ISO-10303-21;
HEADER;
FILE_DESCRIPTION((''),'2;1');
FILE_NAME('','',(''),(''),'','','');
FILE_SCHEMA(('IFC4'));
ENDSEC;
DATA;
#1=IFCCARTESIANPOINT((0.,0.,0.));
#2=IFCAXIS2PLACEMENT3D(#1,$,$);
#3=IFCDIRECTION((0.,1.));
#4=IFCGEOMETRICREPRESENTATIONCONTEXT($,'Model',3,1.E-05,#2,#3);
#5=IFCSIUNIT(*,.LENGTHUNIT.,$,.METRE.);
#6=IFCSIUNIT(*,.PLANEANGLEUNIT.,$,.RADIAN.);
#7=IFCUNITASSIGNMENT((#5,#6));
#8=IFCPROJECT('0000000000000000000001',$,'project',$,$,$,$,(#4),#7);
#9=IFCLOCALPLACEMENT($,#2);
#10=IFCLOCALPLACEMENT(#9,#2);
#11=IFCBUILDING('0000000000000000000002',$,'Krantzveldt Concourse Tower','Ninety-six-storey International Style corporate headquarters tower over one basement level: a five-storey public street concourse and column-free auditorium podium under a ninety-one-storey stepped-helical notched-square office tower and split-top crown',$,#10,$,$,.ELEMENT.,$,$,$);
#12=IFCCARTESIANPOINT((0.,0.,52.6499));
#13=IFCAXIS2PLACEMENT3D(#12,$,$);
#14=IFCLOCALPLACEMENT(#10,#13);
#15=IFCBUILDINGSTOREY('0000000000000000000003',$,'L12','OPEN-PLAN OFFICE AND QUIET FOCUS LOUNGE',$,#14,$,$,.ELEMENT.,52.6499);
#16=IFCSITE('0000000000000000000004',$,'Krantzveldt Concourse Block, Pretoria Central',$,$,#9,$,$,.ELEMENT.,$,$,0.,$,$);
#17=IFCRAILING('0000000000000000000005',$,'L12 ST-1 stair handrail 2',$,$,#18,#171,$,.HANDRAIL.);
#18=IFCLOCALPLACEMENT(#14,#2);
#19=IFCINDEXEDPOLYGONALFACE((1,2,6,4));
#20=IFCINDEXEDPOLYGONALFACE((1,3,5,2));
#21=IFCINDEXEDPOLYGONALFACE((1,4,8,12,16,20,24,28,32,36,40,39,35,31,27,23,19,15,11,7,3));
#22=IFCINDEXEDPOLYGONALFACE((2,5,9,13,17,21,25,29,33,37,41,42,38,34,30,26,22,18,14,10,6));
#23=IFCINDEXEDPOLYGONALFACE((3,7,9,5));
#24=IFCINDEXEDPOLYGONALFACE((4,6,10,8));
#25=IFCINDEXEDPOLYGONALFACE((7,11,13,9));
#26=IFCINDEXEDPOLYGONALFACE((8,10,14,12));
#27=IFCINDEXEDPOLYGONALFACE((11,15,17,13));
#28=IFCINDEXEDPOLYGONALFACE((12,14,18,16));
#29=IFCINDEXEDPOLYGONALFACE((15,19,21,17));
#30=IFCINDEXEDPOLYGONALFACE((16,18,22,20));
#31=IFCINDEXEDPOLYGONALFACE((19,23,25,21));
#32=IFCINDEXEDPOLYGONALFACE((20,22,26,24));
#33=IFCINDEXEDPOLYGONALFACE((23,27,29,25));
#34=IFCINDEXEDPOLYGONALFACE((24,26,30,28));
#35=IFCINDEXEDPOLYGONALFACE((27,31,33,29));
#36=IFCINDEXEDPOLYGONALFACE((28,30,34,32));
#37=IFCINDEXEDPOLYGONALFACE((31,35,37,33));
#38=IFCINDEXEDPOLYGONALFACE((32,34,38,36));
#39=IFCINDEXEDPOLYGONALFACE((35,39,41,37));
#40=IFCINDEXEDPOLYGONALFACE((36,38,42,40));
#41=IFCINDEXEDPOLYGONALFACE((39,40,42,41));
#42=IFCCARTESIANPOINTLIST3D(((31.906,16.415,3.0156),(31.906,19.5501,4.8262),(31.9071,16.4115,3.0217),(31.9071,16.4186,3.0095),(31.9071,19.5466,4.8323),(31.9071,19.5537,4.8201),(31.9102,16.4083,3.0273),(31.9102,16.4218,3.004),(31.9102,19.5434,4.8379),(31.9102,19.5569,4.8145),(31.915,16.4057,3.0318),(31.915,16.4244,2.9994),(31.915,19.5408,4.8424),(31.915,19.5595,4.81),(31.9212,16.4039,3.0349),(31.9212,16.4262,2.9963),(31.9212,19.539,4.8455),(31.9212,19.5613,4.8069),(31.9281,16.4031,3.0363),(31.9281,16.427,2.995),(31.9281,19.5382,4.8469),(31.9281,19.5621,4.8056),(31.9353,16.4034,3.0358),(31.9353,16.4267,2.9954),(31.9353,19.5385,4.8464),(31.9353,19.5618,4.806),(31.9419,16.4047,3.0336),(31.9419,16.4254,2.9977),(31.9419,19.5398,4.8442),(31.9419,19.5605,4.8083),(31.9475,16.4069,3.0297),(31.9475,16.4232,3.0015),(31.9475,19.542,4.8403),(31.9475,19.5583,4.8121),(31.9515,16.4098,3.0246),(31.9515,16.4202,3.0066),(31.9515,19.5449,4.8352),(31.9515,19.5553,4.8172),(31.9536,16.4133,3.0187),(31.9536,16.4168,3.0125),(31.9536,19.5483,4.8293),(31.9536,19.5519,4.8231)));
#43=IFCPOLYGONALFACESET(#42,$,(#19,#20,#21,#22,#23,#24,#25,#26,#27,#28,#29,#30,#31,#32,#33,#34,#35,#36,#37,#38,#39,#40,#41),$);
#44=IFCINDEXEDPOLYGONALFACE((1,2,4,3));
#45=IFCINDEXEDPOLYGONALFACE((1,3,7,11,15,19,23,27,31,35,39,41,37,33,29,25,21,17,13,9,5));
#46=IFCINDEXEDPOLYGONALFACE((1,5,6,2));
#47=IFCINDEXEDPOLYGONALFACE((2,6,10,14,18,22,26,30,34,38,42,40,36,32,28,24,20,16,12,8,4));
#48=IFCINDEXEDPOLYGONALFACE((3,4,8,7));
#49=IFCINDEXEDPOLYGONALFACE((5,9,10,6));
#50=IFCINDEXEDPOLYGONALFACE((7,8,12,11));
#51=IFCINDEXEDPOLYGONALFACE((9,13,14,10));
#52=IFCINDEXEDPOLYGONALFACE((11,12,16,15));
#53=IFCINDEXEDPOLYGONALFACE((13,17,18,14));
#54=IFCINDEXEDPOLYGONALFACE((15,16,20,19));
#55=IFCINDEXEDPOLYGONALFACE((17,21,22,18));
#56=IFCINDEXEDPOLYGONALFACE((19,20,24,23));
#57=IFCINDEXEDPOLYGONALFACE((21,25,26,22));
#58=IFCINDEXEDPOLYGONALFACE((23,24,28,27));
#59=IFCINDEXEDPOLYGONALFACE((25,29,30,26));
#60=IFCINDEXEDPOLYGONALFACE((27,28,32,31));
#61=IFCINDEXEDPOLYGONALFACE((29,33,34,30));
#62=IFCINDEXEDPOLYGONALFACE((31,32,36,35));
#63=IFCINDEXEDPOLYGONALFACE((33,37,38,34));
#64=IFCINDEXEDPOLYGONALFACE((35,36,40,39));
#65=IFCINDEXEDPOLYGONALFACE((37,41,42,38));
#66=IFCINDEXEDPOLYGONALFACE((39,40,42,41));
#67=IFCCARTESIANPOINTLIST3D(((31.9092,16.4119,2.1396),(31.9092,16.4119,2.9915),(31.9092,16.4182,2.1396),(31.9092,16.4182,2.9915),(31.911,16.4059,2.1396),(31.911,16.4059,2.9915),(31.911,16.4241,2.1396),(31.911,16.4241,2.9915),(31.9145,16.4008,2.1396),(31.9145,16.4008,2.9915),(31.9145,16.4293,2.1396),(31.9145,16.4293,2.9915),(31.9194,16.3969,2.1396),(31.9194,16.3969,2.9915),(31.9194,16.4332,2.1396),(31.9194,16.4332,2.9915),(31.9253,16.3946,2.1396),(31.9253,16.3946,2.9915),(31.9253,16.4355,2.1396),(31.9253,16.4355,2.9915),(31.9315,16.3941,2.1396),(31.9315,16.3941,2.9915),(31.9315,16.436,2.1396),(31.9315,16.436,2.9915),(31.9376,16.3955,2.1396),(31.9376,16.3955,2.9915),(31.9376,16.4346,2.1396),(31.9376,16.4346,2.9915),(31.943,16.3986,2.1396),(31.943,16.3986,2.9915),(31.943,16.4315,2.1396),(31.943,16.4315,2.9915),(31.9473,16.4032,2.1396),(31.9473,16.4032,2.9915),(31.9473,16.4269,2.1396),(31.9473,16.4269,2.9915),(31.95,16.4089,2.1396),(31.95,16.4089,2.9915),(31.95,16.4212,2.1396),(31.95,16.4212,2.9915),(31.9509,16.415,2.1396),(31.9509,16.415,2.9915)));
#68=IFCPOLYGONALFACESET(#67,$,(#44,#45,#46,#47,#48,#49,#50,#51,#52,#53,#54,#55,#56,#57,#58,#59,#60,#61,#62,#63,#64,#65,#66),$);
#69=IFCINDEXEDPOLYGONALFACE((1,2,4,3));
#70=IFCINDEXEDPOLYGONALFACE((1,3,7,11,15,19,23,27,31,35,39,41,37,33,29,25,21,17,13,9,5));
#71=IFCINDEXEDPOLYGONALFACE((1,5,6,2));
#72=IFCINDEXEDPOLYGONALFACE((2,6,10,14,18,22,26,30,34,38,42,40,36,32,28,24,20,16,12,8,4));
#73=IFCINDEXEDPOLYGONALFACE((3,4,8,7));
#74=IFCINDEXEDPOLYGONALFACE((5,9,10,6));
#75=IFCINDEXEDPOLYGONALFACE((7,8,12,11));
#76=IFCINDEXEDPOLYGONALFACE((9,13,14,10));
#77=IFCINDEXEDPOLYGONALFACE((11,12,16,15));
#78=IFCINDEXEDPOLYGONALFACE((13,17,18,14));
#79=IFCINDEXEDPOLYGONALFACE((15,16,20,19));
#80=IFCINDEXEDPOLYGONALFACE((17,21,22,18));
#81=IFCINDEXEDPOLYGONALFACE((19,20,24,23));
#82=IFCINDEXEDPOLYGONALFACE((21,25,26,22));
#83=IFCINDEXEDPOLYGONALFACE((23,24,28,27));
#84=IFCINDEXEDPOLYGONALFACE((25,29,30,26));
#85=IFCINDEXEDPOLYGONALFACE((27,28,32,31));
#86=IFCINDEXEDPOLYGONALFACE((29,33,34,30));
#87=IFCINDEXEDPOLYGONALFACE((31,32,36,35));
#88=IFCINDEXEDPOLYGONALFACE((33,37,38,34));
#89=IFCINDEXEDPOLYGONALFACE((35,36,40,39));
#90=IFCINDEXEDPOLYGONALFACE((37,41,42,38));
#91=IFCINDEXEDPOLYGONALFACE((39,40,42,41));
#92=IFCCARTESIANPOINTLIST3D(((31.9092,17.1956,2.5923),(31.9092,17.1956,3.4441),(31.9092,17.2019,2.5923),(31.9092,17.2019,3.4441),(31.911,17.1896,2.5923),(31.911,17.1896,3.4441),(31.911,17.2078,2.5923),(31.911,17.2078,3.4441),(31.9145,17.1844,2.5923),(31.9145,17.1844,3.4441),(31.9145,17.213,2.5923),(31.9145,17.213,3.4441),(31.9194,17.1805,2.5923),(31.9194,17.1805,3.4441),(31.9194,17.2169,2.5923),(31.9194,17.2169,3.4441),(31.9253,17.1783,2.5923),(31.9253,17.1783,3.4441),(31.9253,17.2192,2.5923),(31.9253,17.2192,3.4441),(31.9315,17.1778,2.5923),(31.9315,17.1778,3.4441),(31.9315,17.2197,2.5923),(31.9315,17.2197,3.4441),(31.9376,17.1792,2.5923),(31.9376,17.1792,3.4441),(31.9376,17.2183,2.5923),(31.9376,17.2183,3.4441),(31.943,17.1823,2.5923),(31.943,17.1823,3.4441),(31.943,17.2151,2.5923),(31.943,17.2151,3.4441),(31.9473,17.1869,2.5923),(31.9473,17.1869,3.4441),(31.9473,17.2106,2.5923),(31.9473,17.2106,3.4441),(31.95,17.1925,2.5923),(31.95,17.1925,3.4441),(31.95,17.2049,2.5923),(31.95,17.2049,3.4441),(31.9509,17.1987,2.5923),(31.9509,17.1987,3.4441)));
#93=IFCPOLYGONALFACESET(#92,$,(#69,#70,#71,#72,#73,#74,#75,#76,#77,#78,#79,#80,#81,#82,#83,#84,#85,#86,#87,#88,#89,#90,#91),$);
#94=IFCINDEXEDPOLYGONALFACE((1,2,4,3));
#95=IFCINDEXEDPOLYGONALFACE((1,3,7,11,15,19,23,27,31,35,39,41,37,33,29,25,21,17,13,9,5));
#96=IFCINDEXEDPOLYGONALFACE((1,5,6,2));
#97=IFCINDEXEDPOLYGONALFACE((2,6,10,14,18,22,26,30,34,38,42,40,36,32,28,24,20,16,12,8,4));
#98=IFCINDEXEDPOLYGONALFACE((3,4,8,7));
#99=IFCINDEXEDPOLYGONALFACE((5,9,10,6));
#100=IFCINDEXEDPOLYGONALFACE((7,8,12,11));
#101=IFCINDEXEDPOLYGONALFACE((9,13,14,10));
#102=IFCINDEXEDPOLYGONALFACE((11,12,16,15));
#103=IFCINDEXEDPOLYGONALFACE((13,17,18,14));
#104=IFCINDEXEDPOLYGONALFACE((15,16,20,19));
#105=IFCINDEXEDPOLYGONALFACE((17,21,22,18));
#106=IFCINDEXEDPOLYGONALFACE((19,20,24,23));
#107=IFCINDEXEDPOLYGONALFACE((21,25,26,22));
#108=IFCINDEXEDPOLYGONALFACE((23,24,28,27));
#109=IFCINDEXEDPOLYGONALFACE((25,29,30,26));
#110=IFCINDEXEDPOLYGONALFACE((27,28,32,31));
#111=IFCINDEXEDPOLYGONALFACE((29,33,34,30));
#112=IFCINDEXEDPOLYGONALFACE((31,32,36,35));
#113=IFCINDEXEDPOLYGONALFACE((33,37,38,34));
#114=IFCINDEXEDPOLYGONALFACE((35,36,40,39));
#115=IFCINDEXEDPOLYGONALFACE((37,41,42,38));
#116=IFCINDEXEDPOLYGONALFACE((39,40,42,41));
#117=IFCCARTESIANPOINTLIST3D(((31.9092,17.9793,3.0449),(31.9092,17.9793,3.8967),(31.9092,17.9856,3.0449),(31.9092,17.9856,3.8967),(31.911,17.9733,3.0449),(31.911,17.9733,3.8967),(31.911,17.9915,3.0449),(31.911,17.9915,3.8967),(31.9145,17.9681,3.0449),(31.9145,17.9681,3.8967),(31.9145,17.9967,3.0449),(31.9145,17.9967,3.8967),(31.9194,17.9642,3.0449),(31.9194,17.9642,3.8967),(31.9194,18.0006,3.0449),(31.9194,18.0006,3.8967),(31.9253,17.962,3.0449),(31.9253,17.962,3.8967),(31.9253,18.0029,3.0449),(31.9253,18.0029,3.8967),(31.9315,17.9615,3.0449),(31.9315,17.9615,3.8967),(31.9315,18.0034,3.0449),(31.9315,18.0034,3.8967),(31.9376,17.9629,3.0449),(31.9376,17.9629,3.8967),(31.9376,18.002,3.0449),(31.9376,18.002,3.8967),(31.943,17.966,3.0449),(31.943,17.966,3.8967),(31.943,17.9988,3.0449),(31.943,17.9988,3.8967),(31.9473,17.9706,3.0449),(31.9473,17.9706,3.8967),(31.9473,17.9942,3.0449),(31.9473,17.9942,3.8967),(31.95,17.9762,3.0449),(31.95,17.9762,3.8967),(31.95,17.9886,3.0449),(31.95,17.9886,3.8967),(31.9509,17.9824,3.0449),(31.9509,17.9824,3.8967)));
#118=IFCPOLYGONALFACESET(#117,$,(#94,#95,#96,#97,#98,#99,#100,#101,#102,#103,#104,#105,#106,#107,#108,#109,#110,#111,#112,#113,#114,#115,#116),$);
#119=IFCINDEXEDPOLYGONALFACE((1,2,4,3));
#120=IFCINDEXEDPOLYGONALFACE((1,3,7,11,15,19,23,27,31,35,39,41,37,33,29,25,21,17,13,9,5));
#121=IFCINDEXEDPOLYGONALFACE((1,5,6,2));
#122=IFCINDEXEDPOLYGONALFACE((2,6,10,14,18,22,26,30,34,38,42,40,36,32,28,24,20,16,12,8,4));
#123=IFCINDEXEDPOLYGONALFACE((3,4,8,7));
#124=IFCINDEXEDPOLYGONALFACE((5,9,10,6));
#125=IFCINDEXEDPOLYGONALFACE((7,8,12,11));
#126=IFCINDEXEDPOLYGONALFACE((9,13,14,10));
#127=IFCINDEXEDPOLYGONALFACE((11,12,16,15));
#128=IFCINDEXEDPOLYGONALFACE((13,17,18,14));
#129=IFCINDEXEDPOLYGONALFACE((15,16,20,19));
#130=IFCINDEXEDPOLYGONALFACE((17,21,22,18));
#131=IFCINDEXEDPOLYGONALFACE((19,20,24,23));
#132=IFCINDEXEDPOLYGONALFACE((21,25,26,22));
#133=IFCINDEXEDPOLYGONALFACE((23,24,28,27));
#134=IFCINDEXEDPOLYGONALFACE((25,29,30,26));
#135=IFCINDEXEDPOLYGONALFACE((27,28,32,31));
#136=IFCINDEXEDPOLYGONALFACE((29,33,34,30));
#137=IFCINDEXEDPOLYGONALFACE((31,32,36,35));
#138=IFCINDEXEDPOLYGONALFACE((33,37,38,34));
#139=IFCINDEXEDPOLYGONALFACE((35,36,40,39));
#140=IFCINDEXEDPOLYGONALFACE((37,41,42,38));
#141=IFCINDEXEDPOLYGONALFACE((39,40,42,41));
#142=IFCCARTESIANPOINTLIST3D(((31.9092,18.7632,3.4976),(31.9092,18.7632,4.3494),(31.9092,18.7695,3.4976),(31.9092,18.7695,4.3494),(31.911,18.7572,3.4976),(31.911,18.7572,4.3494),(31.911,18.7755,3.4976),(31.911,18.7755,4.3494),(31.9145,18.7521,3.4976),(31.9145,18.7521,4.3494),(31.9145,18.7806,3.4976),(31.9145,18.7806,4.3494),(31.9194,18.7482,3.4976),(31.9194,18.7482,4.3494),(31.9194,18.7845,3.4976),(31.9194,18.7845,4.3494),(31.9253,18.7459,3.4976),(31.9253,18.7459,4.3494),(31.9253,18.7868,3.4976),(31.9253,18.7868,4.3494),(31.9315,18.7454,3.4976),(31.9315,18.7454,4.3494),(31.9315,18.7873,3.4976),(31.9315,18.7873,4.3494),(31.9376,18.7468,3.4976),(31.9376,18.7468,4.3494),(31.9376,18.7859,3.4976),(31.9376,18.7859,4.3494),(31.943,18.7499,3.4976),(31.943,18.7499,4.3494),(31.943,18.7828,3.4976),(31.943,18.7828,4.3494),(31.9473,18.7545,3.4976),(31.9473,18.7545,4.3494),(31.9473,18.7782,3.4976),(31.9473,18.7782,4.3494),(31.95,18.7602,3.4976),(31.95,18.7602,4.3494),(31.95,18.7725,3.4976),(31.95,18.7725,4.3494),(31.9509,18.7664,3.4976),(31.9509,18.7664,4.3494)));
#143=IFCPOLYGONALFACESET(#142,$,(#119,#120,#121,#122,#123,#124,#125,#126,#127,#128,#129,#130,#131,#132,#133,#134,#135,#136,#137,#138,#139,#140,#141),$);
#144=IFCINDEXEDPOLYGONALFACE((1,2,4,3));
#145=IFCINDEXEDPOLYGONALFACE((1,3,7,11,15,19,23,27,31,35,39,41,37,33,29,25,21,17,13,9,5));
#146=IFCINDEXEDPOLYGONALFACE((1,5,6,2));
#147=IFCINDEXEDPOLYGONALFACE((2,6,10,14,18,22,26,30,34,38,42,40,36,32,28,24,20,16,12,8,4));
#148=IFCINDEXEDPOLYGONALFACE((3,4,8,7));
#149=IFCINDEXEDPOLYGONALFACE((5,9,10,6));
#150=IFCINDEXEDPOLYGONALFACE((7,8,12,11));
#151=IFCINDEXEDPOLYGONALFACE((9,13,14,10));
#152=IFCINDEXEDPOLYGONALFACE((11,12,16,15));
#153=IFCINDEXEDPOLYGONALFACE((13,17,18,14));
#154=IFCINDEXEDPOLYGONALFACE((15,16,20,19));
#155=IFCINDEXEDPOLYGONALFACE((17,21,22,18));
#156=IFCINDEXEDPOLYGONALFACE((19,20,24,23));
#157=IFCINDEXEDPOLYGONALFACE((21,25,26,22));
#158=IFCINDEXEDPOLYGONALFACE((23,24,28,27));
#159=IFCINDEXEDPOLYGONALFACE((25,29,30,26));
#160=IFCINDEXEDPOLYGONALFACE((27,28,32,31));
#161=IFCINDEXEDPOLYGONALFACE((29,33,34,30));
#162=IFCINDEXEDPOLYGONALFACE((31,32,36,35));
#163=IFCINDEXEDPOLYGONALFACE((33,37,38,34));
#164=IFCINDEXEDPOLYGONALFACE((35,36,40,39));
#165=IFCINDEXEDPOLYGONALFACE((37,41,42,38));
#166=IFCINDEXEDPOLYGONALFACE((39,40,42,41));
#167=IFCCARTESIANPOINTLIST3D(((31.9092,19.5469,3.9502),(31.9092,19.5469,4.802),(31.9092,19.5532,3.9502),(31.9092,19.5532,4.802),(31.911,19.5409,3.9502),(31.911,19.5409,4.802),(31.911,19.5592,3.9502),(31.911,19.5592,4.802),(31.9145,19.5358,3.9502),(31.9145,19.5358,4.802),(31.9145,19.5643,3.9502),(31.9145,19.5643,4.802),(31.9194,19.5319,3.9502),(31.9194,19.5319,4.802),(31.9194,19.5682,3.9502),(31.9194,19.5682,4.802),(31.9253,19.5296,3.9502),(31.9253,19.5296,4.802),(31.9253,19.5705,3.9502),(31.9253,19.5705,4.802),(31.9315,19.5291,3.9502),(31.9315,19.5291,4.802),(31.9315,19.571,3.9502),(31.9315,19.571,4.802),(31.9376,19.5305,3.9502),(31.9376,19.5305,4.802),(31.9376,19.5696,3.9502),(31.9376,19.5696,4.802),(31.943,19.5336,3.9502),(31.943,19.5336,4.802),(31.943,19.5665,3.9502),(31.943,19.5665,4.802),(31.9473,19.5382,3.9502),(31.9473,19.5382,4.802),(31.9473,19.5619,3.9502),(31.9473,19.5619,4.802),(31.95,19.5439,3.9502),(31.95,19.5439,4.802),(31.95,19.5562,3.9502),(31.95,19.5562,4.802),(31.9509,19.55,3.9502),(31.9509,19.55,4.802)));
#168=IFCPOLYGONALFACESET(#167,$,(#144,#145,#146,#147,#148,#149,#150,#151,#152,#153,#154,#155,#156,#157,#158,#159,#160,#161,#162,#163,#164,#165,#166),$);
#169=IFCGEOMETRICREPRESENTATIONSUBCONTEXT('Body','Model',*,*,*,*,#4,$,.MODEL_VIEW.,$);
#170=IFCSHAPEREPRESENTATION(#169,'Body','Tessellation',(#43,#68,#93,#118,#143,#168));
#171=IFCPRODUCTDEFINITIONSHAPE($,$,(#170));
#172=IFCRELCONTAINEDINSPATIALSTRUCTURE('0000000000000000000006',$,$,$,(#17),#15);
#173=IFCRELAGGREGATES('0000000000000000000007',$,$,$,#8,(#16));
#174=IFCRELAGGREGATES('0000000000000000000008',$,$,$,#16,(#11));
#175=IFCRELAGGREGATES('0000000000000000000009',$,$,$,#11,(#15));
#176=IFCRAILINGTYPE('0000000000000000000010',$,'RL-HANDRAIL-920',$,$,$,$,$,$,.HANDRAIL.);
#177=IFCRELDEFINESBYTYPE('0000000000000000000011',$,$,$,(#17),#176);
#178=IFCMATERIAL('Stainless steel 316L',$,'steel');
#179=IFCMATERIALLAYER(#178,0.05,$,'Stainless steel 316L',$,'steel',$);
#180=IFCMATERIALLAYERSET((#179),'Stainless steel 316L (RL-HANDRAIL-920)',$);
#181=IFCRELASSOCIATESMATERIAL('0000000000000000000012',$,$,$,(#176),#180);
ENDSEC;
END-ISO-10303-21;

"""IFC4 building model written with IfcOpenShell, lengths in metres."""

from ifc_helpers import new_model, si_unit, direction, frame, origin, origin_2d, place, context, subcontext, project, spatial, circle, extrude, material, layer, layer_set, type_object, element, save


model = new_model("IFC4")

# Units and contexts
model_context = context("Model", 3, precision=1e-05, world=origin(), true_north=direction((0.0, 1.0)))
body_context = subcontext(model_context, "Body", "Model", "MODEL_VIEW")
ifc_project = project(units=[si_unit("LENGTHUNIT", "METRE"), si_unit("PLANEANGLEUNIT", "RADIAN")], contexts=[model_context])

# Site, building, storey
site_placement = place(None, origin())
site = spatial("IfcSite", under=ifc_project, at=site_placement, Name="Krantzveldt Concourse Block, Pretoria Central", CompositionType="ELEMENT", RefElevation=0.0)
building_placement = place(site_placement, origin())
building = spatial("IfcBuilding", under=site, at=building_placement, Name="Krantzveldt Concourse Tower", Description="Ninety-six-storey International Style corporate headquarters tower over one basement level: a five-storey public street concourse and column-free auditorium podium under a ninety-one-storey stepped-helical notched-square office tower and split-top crown", CompositionType="ELEMENT")
storey_placement = place(building_placement, frame((0.0, 0.0, 52.6499)))
storey = spatial("IfcBuildingStorey", under=building, at=storey_placement, Name="L12", Description="OPEN-PLAN OFFICE AND QUIET FOCUS LOUNGE", CompositionType="ELEMENT", Elevation=52.6499)

# Railing
ifc_material_1 = material(Name="Stainless steel 316L", Category="steel")
ifc_layer_1 = layer(ifc_material_1, 0.05, Name="Stainless steel 316L", Category="steel")
ifc_layer_set_1 = layer_set([ifc_layer_1], Name="Stainless steel 316L (RL-HANDRAIL-920)")
railing_type_1 = type_object("IfcRailingType", Name="RL-HANDRAIL-920", PredefinedType="HANDRAIL", material=ifc_layer_set_1)
railing_1_placement = place(storey_placement, frame((31.9299, 16.415, 2.1396)))
element("IfcRailing", 1, at=railing_1_placement, inside=storey, type_object=railing_type_1, Name="L12 ST-1 stair handrail 2", PredefinedType="HANDRAIL", context=body_context, shape_type="SweptSolid", body=[
    extrude(circle(Radius=0.0239, at=origin_2d()), frame((0.0, 0.0, 0.876), z_axis=(0.0, 0.86596, 0.500114), x_axis=(-1.0, 0.0, 0.0)), (0.0, 0.0, 1.0), 3.6204),
    extrude(circle(Radius=0.021, at=origin_2d()), origin(), (0.0, 0.0, 1.0), 0.8518),
    extrude(circle(Radius=0.021, at=origin_2d()), frame((0.0, 0.7837, 0.4526)), (0.0, 0.0, 1.0), 0.8518),
    extrude(circle(Radius=0.021, at=origin_2d()), frame((0.0, 1.5674, 0.9053)), (0.0, 0.0, 1.0), 0.8518),
    extrude(circle(Radius=0.021, at=origin_2d()), frame((0.0, 2.3513, 1.3579)), (0.0, 0.0, 1.0), 0.8518),
    extrude(circle(Radius=0.021, at=origin_2d()), frame((0.0, 3.135, 1.8105)), (0.0, 0.0, 1.0), 0.8518),
])

save(model, "model.ifc")
